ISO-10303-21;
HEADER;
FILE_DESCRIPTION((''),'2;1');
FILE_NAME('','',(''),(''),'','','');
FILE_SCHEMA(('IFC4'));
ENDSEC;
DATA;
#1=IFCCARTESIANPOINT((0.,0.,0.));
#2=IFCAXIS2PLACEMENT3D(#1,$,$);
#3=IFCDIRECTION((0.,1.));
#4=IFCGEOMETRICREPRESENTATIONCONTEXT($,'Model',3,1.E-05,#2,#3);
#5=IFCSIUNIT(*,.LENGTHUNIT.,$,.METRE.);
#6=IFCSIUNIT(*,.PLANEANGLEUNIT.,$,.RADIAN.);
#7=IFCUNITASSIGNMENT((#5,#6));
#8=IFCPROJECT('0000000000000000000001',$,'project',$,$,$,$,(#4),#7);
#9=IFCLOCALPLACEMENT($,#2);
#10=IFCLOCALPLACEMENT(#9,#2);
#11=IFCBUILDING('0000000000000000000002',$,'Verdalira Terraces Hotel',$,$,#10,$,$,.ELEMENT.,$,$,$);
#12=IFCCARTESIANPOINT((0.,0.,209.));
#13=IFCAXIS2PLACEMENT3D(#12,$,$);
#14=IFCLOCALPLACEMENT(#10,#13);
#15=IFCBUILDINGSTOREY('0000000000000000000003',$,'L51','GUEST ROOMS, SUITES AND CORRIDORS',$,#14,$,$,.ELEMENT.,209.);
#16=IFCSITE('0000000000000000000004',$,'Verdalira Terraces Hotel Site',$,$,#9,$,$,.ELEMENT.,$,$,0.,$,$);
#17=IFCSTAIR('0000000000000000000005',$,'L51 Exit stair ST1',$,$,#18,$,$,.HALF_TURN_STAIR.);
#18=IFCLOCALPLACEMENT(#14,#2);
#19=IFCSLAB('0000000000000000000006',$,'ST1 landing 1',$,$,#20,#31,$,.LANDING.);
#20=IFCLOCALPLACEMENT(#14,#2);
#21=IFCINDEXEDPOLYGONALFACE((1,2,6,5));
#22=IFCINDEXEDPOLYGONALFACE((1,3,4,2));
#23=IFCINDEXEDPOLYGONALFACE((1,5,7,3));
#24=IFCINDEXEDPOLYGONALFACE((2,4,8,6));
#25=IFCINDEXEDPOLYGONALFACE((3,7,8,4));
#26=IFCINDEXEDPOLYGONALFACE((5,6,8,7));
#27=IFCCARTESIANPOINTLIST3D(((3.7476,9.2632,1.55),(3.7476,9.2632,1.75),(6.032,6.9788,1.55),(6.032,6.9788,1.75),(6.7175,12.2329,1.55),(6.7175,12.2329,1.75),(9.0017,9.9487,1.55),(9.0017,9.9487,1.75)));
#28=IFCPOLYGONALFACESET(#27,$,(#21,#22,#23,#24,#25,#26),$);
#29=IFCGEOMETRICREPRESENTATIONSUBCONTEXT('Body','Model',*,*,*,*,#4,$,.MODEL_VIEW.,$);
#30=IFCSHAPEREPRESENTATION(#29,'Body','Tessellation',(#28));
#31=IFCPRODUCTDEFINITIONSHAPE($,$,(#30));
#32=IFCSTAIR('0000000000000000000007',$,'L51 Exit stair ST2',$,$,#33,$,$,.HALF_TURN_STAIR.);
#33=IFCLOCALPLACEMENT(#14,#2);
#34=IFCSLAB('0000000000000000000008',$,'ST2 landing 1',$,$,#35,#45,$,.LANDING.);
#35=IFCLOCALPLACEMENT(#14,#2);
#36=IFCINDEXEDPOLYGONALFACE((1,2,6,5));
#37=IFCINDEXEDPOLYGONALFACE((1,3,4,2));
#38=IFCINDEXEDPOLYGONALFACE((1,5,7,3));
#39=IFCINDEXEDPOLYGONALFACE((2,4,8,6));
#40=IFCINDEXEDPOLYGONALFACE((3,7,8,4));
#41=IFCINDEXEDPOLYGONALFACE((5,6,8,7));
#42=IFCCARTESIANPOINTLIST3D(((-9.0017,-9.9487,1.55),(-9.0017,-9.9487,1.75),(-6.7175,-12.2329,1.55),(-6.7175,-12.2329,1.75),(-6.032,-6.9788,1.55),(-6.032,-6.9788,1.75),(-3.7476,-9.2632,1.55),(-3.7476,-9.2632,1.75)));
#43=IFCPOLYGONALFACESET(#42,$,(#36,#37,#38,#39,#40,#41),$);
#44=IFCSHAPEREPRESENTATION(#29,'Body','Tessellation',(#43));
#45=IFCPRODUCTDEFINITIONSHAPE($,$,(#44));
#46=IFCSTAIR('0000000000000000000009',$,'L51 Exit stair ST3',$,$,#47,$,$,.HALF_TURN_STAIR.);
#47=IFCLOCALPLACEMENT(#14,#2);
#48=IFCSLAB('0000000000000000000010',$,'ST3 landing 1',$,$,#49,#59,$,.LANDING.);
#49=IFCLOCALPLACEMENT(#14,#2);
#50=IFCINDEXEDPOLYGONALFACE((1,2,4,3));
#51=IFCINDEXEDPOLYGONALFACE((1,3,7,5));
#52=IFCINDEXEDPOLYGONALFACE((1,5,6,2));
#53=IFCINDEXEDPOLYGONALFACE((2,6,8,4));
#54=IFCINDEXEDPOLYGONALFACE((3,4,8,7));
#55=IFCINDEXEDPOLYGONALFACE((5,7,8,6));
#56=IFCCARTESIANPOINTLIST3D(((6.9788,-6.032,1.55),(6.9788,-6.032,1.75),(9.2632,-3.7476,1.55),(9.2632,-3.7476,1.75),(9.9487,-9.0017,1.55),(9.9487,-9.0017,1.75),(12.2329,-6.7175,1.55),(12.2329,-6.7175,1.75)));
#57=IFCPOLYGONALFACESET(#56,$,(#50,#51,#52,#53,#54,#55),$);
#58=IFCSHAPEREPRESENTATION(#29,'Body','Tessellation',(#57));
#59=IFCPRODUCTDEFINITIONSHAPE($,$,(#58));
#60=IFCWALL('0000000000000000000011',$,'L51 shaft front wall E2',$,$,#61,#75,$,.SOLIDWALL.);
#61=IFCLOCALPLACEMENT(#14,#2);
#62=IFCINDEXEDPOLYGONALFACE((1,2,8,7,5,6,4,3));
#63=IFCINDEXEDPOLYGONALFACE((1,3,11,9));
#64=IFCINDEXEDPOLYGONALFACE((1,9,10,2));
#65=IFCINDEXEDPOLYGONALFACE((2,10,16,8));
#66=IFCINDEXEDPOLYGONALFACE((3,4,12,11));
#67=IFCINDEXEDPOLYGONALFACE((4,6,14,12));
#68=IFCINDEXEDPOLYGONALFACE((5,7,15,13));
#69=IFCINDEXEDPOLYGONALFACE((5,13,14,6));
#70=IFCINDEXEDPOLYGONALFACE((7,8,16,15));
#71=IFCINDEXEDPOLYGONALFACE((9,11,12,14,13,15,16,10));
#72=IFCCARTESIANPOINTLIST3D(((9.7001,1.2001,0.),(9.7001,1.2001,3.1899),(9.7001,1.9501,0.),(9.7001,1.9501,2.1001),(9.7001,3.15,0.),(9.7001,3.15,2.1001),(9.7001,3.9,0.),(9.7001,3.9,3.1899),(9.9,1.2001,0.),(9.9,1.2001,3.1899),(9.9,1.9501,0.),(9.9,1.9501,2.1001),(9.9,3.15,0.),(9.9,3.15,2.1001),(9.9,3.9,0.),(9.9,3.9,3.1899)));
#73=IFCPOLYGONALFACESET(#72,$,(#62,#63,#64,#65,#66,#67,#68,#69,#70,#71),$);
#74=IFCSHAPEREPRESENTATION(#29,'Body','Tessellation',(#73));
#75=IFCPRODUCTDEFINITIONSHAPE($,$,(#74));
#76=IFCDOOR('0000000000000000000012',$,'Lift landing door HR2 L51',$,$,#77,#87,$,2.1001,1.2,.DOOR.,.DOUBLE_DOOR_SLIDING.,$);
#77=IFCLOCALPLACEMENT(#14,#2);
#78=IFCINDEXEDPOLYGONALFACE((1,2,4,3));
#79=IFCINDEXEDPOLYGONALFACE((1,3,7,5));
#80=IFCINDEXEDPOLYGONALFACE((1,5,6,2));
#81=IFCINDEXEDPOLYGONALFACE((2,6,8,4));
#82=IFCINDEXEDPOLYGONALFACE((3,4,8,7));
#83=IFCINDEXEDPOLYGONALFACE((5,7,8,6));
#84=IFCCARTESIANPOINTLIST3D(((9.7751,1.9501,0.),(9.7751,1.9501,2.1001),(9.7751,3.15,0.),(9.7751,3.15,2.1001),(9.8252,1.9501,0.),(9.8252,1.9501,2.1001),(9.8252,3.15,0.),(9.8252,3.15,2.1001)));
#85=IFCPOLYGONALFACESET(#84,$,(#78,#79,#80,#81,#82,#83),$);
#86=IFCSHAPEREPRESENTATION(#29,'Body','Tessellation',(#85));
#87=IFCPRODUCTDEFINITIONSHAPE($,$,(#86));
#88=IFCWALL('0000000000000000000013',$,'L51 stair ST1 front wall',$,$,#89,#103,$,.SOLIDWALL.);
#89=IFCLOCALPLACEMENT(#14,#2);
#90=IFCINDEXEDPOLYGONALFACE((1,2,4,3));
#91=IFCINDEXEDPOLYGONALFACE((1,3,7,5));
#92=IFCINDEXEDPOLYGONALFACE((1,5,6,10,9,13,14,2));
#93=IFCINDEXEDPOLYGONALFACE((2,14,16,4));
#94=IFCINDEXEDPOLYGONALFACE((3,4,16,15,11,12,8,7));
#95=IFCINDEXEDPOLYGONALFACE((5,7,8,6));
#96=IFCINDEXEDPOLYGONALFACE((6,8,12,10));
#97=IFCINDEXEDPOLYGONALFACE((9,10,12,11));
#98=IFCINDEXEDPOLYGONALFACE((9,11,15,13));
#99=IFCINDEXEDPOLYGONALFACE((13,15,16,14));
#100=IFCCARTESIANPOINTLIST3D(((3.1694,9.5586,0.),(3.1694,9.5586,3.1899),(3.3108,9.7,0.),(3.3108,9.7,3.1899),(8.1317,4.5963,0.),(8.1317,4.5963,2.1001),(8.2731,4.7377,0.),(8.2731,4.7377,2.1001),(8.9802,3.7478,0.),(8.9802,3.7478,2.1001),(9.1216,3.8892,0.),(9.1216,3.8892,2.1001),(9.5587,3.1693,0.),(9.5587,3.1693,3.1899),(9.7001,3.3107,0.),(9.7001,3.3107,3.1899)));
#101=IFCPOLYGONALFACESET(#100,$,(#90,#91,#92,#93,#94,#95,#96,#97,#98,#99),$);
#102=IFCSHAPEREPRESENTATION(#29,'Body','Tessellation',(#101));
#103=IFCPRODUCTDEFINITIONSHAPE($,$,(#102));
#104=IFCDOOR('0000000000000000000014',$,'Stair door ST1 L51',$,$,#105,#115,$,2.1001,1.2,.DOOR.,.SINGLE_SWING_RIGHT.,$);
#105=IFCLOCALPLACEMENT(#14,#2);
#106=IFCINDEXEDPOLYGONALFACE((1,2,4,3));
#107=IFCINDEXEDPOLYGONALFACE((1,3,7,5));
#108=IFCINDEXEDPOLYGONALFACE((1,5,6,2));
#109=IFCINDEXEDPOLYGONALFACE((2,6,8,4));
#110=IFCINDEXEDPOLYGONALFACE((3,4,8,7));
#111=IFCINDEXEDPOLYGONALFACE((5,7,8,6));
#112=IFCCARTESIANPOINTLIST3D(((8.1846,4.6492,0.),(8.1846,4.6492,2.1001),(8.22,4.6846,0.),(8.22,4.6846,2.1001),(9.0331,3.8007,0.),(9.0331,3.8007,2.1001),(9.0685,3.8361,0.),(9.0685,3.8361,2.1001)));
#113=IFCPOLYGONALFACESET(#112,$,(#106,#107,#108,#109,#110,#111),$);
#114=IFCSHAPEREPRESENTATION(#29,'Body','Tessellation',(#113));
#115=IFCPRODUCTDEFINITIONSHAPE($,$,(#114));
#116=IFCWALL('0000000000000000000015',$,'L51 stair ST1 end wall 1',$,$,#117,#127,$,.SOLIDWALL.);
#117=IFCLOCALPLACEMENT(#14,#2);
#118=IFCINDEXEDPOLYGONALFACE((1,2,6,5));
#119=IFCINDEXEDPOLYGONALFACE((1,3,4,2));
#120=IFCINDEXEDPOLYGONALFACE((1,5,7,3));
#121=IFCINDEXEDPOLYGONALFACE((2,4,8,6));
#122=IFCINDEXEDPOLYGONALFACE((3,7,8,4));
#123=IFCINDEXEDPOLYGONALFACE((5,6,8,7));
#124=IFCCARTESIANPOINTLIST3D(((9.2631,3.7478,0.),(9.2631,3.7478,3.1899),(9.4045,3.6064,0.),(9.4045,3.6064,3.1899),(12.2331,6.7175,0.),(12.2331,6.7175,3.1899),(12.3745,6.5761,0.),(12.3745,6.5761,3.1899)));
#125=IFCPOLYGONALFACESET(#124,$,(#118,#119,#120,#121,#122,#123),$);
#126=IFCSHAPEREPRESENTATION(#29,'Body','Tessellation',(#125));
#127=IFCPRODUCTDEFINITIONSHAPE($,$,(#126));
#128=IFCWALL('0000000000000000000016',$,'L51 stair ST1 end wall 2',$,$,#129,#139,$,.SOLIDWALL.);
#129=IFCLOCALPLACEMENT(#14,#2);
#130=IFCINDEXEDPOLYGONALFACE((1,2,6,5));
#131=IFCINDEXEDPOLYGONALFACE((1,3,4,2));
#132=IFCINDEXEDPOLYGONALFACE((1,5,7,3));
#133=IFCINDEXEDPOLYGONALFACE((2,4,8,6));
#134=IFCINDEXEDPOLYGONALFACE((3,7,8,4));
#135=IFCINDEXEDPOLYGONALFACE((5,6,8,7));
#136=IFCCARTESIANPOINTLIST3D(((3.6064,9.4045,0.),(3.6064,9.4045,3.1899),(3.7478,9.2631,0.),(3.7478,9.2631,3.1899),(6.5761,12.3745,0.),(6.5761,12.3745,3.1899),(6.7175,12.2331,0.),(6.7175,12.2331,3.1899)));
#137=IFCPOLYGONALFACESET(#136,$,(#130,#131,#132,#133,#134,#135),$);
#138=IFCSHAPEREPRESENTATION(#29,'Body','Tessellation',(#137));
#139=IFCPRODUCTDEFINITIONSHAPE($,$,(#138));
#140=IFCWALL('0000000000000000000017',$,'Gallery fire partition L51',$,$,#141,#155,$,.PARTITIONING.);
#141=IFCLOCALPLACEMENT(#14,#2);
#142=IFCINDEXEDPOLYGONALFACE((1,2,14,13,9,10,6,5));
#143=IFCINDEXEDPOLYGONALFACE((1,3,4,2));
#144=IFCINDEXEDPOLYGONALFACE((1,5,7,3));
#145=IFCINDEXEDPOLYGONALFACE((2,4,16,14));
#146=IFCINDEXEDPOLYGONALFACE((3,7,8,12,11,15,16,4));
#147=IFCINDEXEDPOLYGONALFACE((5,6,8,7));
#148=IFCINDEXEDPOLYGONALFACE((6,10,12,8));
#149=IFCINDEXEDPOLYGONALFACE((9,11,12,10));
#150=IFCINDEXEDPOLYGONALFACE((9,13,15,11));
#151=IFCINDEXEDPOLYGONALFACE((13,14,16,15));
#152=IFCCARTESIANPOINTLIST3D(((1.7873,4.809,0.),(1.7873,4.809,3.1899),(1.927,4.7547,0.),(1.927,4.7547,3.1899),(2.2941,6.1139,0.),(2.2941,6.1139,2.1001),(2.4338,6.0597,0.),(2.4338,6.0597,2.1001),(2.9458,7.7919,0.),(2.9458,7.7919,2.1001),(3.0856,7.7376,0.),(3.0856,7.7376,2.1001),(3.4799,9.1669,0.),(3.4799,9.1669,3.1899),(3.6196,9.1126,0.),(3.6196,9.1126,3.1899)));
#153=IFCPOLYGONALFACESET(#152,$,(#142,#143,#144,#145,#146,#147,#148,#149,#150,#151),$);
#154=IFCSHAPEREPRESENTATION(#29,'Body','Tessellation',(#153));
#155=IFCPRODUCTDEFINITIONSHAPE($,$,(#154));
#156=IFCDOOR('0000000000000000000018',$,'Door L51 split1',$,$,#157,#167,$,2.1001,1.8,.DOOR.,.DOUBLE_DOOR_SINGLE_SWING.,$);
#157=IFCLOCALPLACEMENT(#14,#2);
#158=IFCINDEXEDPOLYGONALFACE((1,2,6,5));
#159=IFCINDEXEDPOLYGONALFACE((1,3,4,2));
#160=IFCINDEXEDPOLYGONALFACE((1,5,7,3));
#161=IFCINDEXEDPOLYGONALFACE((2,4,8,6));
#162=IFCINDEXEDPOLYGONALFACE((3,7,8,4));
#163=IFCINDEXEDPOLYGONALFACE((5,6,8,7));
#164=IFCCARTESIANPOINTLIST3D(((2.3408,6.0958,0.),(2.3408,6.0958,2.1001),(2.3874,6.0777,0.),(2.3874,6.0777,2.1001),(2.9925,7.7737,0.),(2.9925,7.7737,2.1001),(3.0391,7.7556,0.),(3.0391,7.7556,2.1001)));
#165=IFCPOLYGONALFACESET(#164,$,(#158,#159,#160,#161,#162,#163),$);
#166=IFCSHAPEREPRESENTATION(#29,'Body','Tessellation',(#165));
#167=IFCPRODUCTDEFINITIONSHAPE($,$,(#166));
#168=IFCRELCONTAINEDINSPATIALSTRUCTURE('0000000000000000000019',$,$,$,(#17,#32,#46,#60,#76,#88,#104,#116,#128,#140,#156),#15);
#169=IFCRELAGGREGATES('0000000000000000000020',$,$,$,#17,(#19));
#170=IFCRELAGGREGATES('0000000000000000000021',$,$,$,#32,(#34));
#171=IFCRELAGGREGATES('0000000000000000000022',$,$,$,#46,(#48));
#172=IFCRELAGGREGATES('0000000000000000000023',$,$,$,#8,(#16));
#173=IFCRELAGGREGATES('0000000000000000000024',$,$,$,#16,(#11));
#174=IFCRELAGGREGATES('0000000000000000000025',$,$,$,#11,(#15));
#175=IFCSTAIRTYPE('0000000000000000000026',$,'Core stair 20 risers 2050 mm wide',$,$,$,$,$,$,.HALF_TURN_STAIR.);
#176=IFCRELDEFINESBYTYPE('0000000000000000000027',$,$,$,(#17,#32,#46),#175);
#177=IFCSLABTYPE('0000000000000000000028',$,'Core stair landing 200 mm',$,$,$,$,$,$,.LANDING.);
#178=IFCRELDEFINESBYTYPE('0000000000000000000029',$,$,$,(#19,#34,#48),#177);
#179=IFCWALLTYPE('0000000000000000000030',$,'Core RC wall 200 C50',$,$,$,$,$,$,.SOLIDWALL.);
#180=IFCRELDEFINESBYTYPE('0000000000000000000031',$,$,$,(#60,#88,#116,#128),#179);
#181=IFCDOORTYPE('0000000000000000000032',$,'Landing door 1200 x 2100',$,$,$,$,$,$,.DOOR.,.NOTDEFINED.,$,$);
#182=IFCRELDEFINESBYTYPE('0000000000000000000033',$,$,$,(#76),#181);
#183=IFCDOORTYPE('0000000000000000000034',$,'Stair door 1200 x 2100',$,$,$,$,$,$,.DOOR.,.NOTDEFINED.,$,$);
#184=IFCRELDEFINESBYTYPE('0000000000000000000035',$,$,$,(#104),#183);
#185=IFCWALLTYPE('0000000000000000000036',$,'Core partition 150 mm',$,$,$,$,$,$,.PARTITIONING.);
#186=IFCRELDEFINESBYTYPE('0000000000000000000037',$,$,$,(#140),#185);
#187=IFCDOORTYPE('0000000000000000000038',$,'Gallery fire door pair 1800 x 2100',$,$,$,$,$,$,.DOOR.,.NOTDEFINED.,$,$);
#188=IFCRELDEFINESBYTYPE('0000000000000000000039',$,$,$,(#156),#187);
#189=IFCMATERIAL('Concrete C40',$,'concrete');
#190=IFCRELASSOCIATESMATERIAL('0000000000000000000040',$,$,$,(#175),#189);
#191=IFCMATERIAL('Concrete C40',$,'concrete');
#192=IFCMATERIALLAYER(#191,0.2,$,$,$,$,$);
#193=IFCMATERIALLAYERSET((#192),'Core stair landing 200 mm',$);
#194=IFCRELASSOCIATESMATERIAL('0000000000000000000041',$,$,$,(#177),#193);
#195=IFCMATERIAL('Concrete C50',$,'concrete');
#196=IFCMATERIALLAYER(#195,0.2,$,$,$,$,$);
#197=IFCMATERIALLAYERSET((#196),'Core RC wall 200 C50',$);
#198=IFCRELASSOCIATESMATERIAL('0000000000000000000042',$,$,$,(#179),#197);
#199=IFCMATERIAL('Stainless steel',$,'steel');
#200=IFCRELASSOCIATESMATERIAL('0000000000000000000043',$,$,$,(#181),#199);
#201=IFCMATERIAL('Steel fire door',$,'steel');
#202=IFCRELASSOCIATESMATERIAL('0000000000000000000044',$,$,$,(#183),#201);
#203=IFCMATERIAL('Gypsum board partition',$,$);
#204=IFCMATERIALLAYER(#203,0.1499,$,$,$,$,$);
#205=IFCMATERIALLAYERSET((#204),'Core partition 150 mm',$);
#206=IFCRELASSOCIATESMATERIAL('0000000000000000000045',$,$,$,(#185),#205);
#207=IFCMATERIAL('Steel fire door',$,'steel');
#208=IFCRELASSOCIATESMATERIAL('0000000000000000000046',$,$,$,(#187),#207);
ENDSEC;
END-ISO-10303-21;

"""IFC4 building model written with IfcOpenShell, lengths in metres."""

from ifc_helpers import new_model, si_unit, direction, frame, frame_2d, origin, place, context, subcontext, project, spatial, polyline, rectangle, outline, extrude, material, layer, layer_set, type_object, element, fill, aggregate, save


model = new_model("IFC4")

# Units and contexts
model_context = context("Model", 3, precision=1e-05, world=origin(), true_north=direction((0.0, 1.0)))
body_context = subcontext(model_context, "Body", "Model", "MODEL_VIEW")
ifc_project = project(units=[si_unit("LENGTHUNIT", "METRE"), si_unit("PLANEANGLEUNIT", "RADIAN")], contexts=[model_context])

# Site, building, storey
site_placement = place(None, origin())
site = spatial("IfcSite", under=ifc_project, at=site_placement, Name="Verdalira Terraces Hotel Site", CompositionType="ELEMENT", RefElevation=0.0)
building_placement = place(site_placement, origin())
building = spatial("IfcBuilding", under=site, at=building_placement, Name="Verdalira Terraces Hotel", CompositionType="ELEMENT")
storey_placement = place(building_placement, frame((0.0, 0.0, 209.0)))
storey = spatial("IfcBuildingStorey", under=building, at=storey_placement, Name="L51", Description="GUEST ROOMS, SUITES AND CORRIDORS", CompositionType="ELEMENT", Elevation=209.0)

# Stairs, slabs
ifc_material_1 = material(Name="Concrete C40", Category="concrete")
stair_type = type_object("IfcStairType", Name="Core stair 20 risers 2050 mm wide", PredefinedType="HALF_TURN_STAIR", material=ifc_material_1)
stair_1_placement = place(storey_placement, origin())
stair_1 = element("IfcStair", 1, at=stair_1_placement, inside=storey, type_object=stair_type, Name="L51 Exit stair ST1", PredefinedType="HALF_TURN_STAIR")
ifc_material_2 = material(Name="Concrete C40", Category="concrete")
ifc_layer_1 = layer(ifc_material_2, 0.2)
ifc_layer_set_1 = layer_set([ifc_layer_1], Name="Core stair landing 200 mm")
slab_type = type_object("IfcSlabType", Name="Core stair landing 200 mm", PredefinedType="LANDING", material=ifc_layer_set_1)
slab_1_placement = place(storey_placement, frame((0.0, 0.0, 1.55)))
slab_1 = element("IfcSlab", 2, at=slab_1_placement, type_object=slab_type, Name="ST1 landing 1", PredefinedType="LANDING", context=body_context, shape_type="SweptSolid", body=[
    extrude(outline(polyline([(9.0017, 9.9487), (6.7175, 12.2329), (3.7476, 9.2632), (6.032, 6.9788), (9.0017, 9.9487)])), origin(), (0.0, 0.0, 1.0), 0.2),
])
aggregate(stair_1, [slab_1])
stair_2_placement = place(storey_placement, origin())
stair_2 = element("IfcStair", 3, at=stair_2_placement, inside=storey, type_object=stair_type, Name="L51 Exit stair ST2", PredefinedType="HALF_TURN_STAIR")
slab_2_placement = place(storey_placement, frame((0.0, 0.0, 1.55)))
slab_2 = element("IfcSlab", 4, at=slab_2_placement, type_object=slab_type, Name="ST2 landing 1", PredefinedType="LANDING", context=body_context, shape_type="SweptSolid", body=[
    extrude(outline(polyline([(-9.0017, -9.9487), (-6.7175, -12.2329), (-3.7476, -9.2632), (-6.032, -6.9788), (-9.0017, -9.9487)])), origin(), (0.0, 0.0, 1.0), 0.2),
])
aggregate(stair_2, [slab_2])
stair_3_placement = place(storey_placement, origin())
stair_3 = element("IfcStair", 5, at=stair_3_placement, inside=storey, type_object=stair_type, Name="L51 Exit stair ST3", PredefinedType="HALF_TURN_STAIR")
slab_3_placement = place(storey_placement, frame((0.0, 0.0, 1.55)))
slab_3 = element("IfcSlab", 6, at=slab_3_placement, type_object=slab_type, Name="ST3 landing 1", PredefinedType="LANDING", context=body_context, shape_type="SweptSolid", body=[
    extrude(outline(polyline([(9.9487, -9.0017), (12.2329, -6.7175), (9.2632, -3.7476), (6.9788, -6.032), (9.9487, -9.0017)])), origin(), (0.0, 0.0, 1.0), 0.2),
])
aggregate(stair_3, [slab_3])

# Walls, openings, doors
ifc_material_3 = material(Name="Concrete C50", Category="concrete")
ifc_layer_2 = layer(ifc_material_3, 0.2)
ifc_layer_set_2 = layer_set([ifc_layer_2], Name="Core RC wall 200 C50")
wall_type_1 = type_object("IfcWallType", Name="Core RC wall 200 C50", PredefinedType="SOLIDWALL", material=ifc_layer_set_2)
wall_1_placement = place(storey_placement, frame((9.8, 1.2, 0.0), z_axis=(0.0, 0.0, 1.0), x_axis=(0.0, 1.0, 0.0)))
wall_1 = element("IfcWall", 7, at=wall_1_placement, inside=storey, type_object=wall_type_1, Name="L51 shaft front wall E2", PredefinedType="SOLIDWALL", context=body_context, shape_type="SweptSolid", body=[
    extrude(rectangle(XDim=2.7, YDim=0.2, at=frame_2d((1.3501, 0.0))), origin(), (0.0, 0.0, 1.0), 3.1899),
])
opening_1_placement = place(wall_1_placement, frame((0.75, 0.0, 0.0)))
opening_1 = element("IfcOpeningElement", 8, at=opening_1_placement, cuts=wall_1, PredefinedType="OPENING", context=body_context, shape_type="SweptSolid", body=[
    extrude(rectangle(XDim=1.2, YDim=2.1001, at=frame_2d((0.6001, 1.05))), frame((0.0, 0.1099, 0.0), z_axis=(0.0, -1.0, 0.0), x_axis=(1.0, 0.0, 0.0)), (0.0, 0.0, 1.0), 0.22),
])
ifc_material_4 = material(Name="Stainless steel", Category="steel")
door_type_1 = type_object("IfcDoorType", Name="Landing door 1200 x 2100", OperationType="NOTDEFINED", PredefinedType="DOOR", material=ifc_material_4)
door_1_placement = place(opening_1_placement, origin())
door_1 = element("IfcDoor", 9, at=door_1_placement, inside=storey, type_object=door_type_1, Name="Lift landing door HR2 L51", OperationType="DOUBLE_DOOR_SLIDING", OverallHeight=2.1001, OverallWidth=1.2, PredefinedType="DOOR", context=body_context, shape_type="SweptSolid", body=[
    extrude(rectangle(XDim=1.2, YDim=2.1001, at=frame_2d((0.6001, 1.05))), frame((0.0, 0.0249, 0.0), z_axis=(0.0, -1.0, 0.0), x_axis=(1.0, 0.0, 0.0)), (0.0, 0.0, 1.0), 0.05),
])
fill(opening_1, door_1)
wall_2_placement = place(storey_placement, frame((3.24, 9.6294, 0.0), z_axis=(0.0, 0.0, 1.0), x_axis=(0.707107, -0.707107, 0.0)))
wall_2 = element("IfcWall", 10, at=wall_2_placement, inside=storey, type_object=wall_type_1, Name="L51 stair ST1 front wall", PredefinedType="SOLIDWALL", context=body_context, shape_type="SweptSolid", body=[
    extrude(rectangle(XDim=9.0359, YDim=0.2, at=frame_2d((4.5181, 0.0))), origin(), (0.0, 0.0, 1.0), 3.1899),
])
opening_2_placement = place(wall_2_placement, frame((7.0178, 0.0, 0.0)))
opening_2 = element("IfcOpeningElement", 11, at=opening_2_placement, cuts=wall_2, PredefinedType="OPENING", context=body_context, shape_type="SweptSolid", body=[
    extrude(rectangle(XDim=1.2, YDim=2.1001, at=frame_2d((0.6001, 1.05))), frame((0.0, 0.1099, 0.0), z_axis=(0.0, -1.0, 0.0), x_axis=(1.0, 0.0, 0.0)), (0.0, 0.0, 1.0), 0.22),
])
ifc_material_5 = material(Name="Steel fire door", Category="steel")
door_type_2 = type_object("IfcDoorType", Name="Stair door 1200 x 2100", OperationType="NOTDEFINED", PredefinedType="DOOR", material=ifc_material_5)
door_2_placement = place(opening_2_placement, origin())
door_2 = element("IfcDoor", 12, at=door_2_placement, inside=storey, type_object=door_type_2, Name="Stair door ST1 L51", OperationType="SINGLE_SWING_RIGHT", OverallHeight=2.1001, OverallWidth=1.2, PredefinedType="DOOR", context=body_context, shape_type="SweptSolid", body=[
    extrude(rectangle(XDim=1.2, YDim=2.1001, at=frame_2d((0.6001, 1.05))), frame((0.0, 0.0249, 0.0), z_axis=(0.0, -1.0, 0.0), x_axis=(1.0, 0.0, 0.0)), (0.0, 0.0, 1.0), 0.05),
])
fill(opening_2, door_2)

# Walls
for number, where, z_axis, x_axis, name in (
    (13, (9.3337, 3.677, 0.0), (0.0, 0.0, 1.0), (0.707136, 0.707078, 0.0), "L51 stair ST1 end wall 1"),
    (14, (3.677, 9.3337, 0.0), (0.0, 0.0, 1.0), (0.707078, 0.707136, 0.0), "L51 stair ST1 end wall 2"),
):
    element("IfcWall", number, at=place(storey_placement, frame(where, z_axis=z_axis, x_axis=x_axis)), inside=storey, type_object=wall_type_1, Name=name, PredefinedType="SOLIDWALL", context=body_context, shape_type="SweptSolid", body=[
        extrude(rectangle(XDim=4.2, YDim=0.2, at=frame_2d((2.1001, 0.0))), origin(), (0.0, 0.0, 1.0), 3.1899),
    ])

# Wall, opening, door
ifc_material_6 = material(Name="Gypsum board partition")
ifc_layer_3 = layer(ifc_material_6, 0.1499)
ifc_layer_set_3 = layer_set([ifc_layer_3], Name="Core partition 150 mm")
wall_type_2 = type_object("IfcWallType", Name="Core partition 150 mm", PredefinedType="PARTITIONING", material=ifc_layer_set_3)
wall_3_placement = place(storey_placement, frame((1.8572, 4.782, 0.0), z_axis=(0.0, 0.0, 1.0), x_axis=(0.362053, 0.932157, 0.0)))
wall_3 = element("IfcWall", 15, at=wall_3_placement, inside=storey, type_object=wall_type_2, Name="Gallery fire partition L51", PredefinedType="PARTITIONING", context=body_context, shape_type="SweptSolid", body=[
    extrude(rectangle(XDim=4.675, YDim=0.1499, at=frame_2d((2.3374, 0.0))), origin(), (0.0, 0.0, 1.0), 3.1899),
])
opening_3_placement = place(wall_3_placement, frame((1.3999, 0.0, 0.0)))
opening_3 = element("IfcOpeningElement", 16, at=opening_3_placement, cuts=wall_3, PredefinedType="OPENING", context=body_context, shape_type="SweptSolid", body=[
    extrude(rectangle(XDim=1.8, YDim=2.1001, at=frame_2d((0.8999, 1.05))), frame((0.0, 0.085, 0.0), z_axis=(0.0, -1.0, 0.0), x_axis=(1.0, 0.0, 0.0)), (0.0, 0.0, 1.0), 0.1699),
])
ifc_material_7 = material(Name="Steel fire door", Category="steel")
door_type_3 = type_object("IfcDoorType", Name="Gallery fire door pair 1800 x 2100", OperationType="NOTDEFINED", PredefinedType="DOOR", material=ifc_material_7)
door_3_placement = place(opening_3_placement, origin())
door_3 = element("IfcDoor", 17, at=door_3_placement, inside=storey, type_object=door_type_3, Name="Door L51 split1", OperationType="DOUBLE_DOOR_SINGLE_SWING", OverallHeight=2.1001, OverallWidth=1.8, PredefinedType="DOOR", context=body_context, shape_type="SweptSolid", body=[
    extrude(rectangle(XDim=1.8, YDim=2.1001, at=frame_2d((0.8999, 1.05))), frame((0.0, 0.0249, 0.0), z_axis=(0.0, -1.0, 0.0), x_axis=(1.0, 0.0, 0.0)), (0.0, 0.0, 1.0), 0.05),
])
fill(opening_3, door_3)

save(model, "model.ifc")
